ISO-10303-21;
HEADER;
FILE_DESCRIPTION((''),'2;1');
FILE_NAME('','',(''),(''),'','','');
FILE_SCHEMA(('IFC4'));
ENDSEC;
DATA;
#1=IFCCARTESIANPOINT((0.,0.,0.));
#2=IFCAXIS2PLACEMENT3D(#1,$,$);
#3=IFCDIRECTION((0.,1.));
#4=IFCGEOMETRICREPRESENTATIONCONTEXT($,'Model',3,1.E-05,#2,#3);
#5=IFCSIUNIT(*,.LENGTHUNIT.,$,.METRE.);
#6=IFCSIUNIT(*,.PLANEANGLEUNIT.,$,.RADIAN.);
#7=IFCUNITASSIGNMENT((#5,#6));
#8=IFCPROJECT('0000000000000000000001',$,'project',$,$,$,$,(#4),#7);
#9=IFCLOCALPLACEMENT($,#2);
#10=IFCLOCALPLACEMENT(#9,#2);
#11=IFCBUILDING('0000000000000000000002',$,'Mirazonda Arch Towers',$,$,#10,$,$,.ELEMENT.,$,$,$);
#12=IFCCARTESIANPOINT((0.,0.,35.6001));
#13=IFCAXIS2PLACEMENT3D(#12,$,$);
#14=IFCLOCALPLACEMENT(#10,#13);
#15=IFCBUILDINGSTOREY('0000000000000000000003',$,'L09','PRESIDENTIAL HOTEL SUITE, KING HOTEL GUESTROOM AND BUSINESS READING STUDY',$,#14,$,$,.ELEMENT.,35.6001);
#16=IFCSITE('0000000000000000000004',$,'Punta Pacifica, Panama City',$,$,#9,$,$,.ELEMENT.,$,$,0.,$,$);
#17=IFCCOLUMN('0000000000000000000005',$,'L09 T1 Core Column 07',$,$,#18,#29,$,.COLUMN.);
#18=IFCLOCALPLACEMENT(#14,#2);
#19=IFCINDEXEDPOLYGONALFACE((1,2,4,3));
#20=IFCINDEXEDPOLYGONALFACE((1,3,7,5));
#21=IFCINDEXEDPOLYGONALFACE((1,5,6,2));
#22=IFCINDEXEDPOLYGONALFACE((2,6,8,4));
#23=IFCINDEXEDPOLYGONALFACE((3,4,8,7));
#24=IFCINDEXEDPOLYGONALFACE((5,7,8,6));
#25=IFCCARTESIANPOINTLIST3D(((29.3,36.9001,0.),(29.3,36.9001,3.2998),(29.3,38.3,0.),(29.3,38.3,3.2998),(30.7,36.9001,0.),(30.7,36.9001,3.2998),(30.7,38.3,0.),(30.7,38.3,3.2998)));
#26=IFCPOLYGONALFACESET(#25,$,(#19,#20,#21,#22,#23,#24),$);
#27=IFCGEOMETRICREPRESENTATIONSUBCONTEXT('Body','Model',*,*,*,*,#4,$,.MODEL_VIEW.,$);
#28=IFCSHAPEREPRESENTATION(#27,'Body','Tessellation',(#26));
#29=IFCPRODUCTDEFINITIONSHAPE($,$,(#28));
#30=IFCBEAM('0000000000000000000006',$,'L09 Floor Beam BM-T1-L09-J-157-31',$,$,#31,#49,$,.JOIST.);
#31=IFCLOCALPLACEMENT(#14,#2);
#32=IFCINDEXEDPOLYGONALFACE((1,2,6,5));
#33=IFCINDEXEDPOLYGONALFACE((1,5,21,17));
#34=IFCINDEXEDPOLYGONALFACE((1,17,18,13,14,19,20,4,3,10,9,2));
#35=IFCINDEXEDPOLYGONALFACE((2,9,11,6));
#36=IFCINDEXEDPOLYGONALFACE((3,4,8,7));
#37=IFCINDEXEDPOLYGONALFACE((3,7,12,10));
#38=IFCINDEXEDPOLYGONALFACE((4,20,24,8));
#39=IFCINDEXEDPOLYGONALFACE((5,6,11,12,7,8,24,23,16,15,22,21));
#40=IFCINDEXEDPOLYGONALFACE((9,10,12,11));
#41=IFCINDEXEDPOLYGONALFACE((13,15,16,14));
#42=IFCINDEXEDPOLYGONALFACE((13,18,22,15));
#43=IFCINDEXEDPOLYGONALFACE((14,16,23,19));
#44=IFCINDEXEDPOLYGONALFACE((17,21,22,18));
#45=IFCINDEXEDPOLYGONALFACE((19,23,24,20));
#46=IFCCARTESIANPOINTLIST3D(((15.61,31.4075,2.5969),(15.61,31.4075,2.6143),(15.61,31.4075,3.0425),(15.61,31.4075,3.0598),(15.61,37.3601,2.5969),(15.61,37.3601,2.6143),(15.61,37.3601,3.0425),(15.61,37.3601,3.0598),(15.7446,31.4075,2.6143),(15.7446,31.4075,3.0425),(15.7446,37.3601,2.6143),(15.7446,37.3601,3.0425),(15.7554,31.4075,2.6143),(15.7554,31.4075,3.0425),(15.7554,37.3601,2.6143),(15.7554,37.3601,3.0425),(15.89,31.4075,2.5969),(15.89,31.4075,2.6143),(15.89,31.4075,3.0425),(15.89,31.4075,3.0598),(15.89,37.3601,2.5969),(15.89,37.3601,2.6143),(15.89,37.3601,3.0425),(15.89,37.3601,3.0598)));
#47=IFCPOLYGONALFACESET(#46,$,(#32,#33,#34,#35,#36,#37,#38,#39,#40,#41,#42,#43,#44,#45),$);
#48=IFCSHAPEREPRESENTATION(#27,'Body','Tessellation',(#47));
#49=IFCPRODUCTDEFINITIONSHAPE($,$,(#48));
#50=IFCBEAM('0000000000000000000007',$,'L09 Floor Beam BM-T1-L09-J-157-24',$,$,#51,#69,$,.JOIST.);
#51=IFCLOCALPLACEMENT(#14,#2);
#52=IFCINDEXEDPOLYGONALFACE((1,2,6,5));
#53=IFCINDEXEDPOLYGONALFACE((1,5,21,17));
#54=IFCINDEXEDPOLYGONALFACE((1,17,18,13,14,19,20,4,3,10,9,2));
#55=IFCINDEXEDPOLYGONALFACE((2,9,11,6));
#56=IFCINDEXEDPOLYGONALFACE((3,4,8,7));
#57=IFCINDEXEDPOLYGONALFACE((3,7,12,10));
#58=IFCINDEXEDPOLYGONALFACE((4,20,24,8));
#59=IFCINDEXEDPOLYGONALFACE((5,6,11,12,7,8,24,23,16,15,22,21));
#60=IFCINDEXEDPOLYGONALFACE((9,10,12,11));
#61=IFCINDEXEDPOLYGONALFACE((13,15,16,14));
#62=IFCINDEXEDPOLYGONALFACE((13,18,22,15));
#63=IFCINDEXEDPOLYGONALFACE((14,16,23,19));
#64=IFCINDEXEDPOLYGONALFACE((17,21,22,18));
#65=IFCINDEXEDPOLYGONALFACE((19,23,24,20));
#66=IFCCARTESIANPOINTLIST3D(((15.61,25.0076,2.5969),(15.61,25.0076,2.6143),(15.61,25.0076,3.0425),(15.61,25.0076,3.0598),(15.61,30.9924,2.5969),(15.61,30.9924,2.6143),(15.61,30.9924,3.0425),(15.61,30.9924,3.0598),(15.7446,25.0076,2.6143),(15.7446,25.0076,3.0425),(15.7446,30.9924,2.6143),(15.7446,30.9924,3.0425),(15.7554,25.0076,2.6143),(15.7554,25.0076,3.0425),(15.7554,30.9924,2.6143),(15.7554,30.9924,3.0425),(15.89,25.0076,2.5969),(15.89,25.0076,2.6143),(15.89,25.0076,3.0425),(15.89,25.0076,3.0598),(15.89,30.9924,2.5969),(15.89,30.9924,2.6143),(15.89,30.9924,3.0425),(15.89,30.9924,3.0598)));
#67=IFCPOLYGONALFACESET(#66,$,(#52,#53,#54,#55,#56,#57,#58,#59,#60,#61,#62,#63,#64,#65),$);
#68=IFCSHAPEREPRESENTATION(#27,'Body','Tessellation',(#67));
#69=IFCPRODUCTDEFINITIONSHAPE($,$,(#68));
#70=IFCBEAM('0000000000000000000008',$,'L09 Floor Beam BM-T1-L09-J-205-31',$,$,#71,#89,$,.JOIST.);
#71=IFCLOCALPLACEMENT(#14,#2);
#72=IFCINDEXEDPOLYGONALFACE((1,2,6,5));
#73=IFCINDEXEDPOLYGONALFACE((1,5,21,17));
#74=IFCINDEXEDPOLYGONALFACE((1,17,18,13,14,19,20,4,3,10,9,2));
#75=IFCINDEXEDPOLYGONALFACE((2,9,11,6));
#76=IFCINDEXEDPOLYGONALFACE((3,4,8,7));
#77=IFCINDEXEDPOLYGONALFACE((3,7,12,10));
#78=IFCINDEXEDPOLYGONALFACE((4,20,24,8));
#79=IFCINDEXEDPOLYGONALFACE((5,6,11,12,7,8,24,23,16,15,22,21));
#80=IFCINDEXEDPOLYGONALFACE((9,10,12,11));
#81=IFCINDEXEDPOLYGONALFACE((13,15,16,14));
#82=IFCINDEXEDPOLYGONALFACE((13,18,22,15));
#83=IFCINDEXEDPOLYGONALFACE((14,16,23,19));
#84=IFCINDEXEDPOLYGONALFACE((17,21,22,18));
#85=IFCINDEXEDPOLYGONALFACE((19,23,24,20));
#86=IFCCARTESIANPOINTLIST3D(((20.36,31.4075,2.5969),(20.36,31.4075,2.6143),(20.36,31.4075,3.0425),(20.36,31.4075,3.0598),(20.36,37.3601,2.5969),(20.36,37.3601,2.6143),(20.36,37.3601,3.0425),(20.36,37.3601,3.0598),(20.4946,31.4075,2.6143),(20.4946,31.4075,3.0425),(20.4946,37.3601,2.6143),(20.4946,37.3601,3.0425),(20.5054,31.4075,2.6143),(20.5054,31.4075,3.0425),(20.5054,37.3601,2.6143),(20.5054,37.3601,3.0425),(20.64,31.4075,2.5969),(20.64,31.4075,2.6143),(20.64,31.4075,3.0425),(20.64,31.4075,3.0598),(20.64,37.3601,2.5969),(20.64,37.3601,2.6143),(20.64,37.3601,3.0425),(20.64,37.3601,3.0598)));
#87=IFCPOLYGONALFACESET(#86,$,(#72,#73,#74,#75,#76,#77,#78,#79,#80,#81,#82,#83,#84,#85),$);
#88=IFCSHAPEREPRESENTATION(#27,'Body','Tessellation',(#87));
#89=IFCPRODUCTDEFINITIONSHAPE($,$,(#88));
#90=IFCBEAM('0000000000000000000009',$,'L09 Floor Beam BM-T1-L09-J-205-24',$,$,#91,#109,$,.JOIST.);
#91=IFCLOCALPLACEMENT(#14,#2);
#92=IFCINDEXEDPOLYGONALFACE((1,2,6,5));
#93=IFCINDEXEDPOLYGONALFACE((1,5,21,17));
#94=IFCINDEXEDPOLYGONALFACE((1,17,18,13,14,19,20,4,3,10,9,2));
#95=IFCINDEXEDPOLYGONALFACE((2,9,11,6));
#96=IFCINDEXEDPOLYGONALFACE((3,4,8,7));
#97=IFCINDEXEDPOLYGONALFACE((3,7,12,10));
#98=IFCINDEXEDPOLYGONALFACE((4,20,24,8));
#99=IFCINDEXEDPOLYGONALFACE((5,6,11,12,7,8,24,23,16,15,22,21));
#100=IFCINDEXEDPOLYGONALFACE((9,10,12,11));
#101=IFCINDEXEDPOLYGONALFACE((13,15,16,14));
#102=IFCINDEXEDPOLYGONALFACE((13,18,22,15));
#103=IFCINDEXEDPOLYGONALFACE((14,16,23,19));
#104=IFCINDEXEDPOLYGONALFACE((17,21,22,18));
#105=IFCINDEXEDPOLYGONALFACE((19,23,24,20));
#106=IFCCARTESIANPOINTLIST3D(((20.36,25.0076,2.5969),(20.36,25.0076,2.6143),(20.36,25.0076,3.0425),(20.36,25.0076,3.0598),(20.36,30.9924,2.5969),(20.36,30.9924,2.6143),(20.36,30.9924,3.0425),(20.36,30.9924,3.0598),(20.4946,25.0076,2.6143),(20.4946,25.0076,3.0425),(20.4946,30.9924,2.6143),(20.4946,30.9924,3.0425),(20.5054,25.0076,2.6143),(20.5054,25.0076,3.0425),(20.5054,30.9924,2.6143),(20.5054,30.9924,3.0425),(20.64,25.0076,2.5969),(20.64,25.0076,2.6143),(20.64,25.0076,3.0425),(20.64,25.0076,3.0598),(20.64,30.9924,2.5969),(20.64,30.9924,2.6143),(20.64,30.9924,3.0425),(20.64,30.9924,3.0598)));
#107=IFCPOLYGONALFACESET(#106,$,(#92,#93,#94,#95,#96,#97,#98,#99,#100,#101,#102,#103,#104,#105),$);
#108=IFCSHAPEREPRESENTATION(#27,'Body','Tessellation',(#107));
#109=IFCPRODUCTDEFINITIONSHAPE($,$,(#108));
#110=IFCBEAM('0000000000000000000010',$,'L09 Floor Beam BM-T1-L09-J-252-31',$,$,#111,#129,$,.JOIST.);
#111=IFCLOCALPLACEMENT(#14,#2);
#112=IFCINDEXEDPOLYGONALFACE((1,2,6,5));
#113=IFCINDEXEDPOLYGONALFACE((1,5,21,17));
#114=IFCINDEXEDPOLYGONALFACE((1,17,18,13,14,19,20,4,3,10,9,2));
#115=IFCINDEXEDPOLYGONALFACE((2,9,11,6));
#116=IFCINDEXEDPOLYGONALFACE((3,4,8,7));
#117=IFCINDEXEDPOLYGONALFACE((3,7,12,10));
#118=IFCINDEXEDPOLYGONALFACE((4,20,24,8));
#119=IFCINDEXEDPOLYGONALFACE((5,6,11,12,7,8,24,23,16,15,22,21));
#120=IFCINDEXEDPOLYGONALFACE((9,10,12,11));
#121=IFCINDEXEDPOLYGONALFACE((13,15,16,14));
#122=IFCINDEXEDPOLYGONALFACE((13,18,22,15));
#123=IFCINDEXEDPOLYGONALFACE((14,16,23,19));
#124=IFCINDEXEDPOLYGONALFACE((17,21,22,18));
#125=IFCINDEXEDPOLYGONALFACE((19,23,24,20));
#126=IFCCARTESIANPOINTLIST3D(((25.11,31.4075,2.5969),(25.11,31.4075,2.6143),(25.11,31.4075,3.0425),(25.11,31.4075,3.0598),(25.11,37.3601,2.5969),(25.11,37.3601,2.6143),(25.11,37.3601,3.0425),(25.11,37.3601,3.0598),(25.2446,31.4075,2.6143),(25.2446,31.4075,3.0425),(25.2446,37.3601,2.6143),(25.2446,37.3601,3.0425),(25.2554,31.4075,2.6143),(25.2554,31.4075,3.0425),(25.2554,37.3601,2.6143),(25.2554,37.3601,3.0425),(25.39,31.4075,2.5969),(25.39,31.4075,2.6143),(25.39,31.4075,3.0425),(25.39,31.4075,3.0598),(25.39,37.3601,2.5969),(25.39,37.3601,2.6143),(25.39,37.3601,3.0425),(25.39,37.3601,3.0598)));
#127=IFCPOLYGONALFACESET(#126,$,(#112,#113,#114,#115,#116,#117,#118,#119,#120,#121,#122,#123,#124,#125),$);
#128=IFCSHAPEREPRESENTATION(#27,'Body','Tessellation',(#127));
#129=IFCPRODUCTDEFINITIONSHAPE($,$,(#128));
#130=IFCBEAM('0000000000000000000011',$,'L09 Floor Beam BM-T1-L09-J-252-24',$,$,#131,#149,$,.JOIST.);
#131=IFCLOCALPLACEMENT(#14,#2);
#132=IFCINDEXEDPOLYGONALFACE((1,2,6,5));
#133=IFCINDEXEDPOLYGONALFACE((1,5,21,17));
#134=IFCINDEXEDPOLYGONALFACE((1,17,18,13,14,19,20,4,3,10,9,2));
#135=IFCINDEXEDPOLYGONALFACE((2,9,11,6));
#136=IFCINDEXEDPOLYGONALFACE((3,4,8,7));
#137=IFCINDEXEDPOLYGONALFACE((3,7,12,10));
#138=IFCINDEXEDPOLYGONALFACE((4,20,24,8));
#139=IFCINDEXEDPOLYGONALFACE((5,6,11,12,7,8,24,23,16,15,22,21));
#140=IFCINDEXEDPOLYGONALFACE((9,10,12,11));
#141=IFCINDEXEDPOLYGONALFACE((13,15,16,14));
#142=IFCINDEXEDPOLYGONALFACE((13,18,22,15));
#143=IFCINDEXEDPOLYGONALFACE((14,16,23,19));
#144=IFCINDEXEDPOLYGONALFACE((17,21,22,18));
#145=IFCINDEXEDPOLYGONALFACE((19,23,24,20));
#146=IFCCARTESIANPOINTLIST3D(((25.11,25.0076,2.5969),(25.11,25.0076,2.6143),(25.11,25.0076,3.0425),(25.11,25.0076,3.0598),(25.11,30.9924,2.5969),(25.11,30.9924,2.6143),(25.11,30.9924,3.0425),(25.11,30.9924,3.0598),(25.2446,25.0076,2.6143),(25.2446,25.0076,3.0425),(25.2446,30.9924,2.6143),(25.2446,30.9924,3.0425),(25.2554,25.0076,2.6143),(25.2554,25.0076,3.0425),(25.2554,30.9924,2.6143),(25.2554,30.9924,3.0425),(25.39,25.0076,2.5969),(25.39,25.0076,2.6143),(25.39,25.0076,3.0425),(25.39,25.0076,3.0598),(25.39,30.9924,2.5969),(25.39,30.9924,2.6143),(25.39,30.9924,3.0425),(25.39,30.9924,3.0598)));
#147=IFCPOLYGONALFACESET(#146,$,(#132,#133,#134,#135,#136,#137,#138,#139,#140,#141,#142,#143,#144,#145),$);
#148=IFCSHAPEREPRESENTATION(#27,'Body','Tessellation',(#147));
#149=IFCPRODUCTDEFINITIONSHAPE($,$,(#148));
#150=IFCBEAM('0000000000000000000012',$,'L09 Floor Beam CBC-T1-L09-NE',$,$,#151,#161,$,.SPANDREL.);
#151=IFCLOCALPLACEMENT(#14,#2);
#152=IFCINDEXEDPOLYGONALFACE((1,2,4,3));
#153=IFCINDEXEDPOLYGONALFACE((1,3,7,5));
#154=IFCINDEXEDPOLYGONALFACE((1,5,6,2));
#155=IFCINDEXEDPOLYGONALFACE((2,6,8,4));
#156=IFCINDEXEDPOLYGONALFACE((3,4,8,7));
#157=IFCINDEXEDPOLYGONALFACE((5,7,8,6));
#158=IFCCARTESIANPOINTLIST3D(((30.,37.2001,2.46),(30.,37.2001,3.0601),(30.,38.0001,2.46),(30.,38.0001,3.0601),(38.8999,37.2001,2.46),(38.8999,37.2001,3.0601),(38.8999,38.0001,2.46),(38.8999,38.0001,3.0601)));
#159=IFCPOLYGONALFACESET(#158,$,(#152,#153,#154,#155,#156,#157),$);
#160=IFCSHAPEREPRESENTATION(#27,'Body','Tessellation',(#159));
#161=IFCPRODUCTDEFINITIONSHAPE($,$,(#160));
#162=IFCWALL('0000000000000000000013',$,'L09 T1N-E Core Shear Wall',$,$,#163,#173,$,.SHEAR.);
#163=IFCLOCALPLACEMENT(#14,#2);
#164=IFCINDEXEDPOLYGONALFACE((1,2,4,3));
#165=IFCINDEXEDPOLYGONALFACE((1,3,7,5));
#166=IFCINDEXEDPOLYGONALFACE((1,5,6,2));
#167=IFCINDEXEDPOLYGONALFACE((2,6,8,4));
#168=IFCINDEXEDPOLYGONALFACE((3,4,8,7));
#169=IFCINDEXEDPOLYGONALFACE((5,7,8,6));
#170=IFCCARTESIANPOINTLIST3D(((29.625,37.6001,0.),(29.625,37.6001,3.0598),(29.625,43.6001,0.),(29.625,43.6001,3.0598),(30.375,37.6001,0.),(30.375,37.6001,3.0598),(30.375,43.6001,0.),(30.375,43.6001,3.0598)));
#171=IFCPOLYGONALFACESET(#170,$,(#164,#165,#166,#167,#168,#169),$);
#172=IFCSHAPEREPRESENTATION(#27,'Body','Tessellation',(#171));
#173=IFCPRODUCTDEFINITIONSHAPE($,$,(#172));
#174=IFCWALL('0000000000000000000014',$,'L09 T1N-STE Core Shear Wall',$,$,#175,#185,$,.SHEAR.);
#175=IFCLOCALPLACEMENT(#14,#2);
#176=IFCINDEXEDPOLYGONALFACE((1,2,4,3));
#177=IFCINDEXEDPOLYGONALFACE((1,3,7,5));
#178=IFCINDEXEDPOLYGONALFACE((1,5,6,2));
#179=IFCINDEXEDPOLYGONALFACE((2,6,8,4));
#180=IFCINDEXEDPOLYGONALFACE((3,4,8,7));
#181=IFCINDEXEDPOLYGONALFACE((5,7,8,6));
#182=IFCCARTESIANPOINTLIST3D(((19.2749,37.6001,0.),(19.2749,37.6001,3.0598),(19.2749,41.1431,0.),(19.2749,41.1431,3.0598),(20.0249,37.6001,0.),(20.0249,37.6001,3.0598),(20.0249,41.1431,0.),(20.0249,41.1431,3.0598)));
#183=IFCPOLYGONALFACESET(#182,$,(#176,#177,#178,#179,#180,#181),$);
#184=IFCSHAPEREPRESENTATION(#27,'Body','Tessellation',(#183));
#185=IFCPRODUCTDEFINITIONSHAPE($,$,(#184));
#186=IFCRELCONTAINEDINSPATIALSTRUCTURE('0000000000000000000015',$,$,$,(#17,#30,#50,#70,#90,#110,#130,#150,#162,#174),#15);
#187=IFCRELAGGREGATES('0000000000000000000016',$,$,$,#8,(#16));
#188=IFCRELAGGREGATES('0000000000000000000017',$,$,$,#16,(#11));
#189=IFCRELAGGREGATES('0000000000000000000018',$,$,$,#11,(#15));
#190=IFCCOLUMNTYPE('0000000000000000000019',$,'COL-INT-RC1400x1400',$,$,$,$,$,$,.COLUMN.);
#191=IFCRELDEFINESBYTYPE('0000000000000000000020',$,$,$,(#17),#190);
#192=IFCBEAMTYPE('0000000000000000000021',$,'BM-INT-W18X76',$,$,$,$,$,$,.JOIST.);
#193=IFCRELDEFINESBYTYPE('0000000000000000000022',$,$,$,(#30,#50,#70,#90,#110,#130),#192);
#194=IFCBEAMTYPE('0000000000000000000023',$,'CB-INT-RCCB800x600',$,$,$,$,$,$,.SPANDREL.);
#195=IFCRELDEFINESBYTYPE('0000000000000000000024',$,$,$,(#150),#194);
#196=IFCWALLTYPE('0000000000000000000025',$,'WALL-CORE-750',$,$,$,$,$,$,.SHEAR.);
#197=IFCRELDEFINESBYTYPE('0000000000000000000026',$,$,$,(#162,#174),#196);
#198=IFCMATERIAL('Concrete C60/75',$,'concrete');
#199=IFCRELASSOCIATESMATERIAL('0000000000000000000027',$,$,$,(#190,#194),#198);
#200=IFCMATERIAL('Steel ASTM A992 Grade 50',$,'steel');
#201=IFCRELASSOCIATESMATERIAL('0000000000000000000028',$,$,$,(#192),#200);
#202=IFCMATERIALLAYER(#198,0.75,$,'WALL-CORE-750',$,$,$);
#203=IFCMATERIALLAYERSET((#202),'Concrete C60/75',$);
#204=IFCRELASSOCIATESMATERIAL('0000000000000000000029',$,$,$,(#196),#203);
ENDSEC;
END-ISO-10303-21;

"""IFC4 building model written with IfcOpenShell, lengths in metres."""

from ifc_helpers import new_model, si_unit, direction, frame, frame_2d, origin, origin_2d, place, context, subcontext, project, spatial, rectangle, i_section, extrude, material, layer, layer_set, material_profile, profile_set, type_object, element, save


model = new_model("IFC4")

# Units and contexts
model_context = context("Model", 3, precision=1e-05, world=origin(), true_north=direction((0.0, 1.0)))
body_context = subcontext(model_context, "Body", "Model", "MODEL_VIEW")
ifc_project = project(units=[si_unit("LENGTHUNIT", "METRE"), si_unit("PLANEANGLEUNIT", "RADIAN")], contexts=[model_context])

# Site, building, storey
site_placement = place(None, origin())
site = spatial("IfcSite", under=ifc_project, at=site_placement, Name="Punta Pacifica, Panama City", CompositionType="ELEMENT", RefElevation=0.0)
building_placement = place(site_placement, origin())
building = spatial("IfcBuilding", under=site, at=building_placement, Name="Mirazonda Arch Towers", CompositionType="ELEMENT")
storey_placement = place(building_placement, frame((0.0, 0.0, 35.6001)))
storey = spatial("IfcBuildingStorey", under=building, at=storey_placement, Name="L09", Description="PRESIDENTIAL HOTEL SUITE, KING HOTEL GUESTROOM AND BUSINESS READING STUDY", CompositionType="ELEMENT", Elevation=35.6001)

# Column
ifc_material_1 = material(Name="Concrete C60/75", Category="concrete")
ifc_material_profile_1 = material_profile(ifc_material_1, rectangle(XDim=1.3999, YDim=1.3999, at=origin_2d()), Name="RC1400x1400")
ifc_profile_set_1 = profile_set([ifc_material_profile_1], Name="Concrete C60/75")
column_type = type_object("IfcColumnType", Name="COL-INT-RC1400x1400", PredefinedType="COLUMN", material=ifc_profile_set_1)
column_placement = place(storey_placement, frame((30.0, 37.6001, 0.0), z_axis=(0.0, 0.0, 1.0), x_axis=(1.0, 0.0, 0.0)))
element("IfcColumn", 1, at=column_placement, inside=storey, type_object=column_type, Name="L09 T1 Core Column 07", PredefinedType="COLUMN", context=body_context, shape_type="SweptSolid", body=[
    extrude(rectangle(XDim=1.3999, YDim=1.3999, at=origin_2d()), origin(), (0.0, 0.0, 1.0), 3.2998),
])

# Beams
ifc_material_2 = material(Name="Steel ASTM A992 Grade 50", Category="steel")
ifc_material_profile_2 = material_profile(ifc_material_2, i_section(OverallWidth=0.28, OverallDepth=0.4629, WebThickness=0.0107, FlangeThickness=0.0173, at=origin_2d()), Name="W18X76")
ifc_profile_set_2 = profile_set([ifc_material_profile_2], Name="Steel ASTM A992 Grade 50")
beam_type_1 = type_object("IfcBeamType", Name="BM-INT-W18X76", PredefinedType="JOIST", material=ifc_profile_set_2)
beam_1_placement = place(storey_placement, frame((15.75, 31.4075, 2.8284), z_axis=(0.0, 1.0, 0.0), x_axis=(-1.0, 0.0, 0.0)))
element("IfcBeam", 2, at=beam_1_placement, inside=storey, type_object=beam_type_1, Name="L09 Floor Beam BM-T1-L09-J-157-31", PredefinedType="JOIST", context=body_context, shape_type="SweptSolid", body=[
    extrude(i_section(OverallWidth=0.28, OverallDepth=0.4629, WebThickness=0.0107, FlangeThickness=0.0173, at=origin_2d()), origin(), (0.0, 0.0, 1.0), 5.9526),
])
beam_2_placement = place(storey_placement, frame((15.75, 25.0076, 2.8284), z_axis=(0.0, 1.0, 0.0), x_axis=(-1.0, 0.0, 0.0)))
element("IfcBeam", 3, at=beam_2_placement, inside=storey, type_object=beam_type_1, Name="L09 Floor Beam BM-T1-L09-J-157-24", PredefinedType="JOIST", context=body_context, shape_type="SweptSolid", body=[
    extrude(i_section(OverallWidth=0.28, OverallDepth=0.4629, WebThickness=0.0107, FlangeThickness=0.0173, at=origin_2d()), origin(), (0.0, 0.0, 1.0), 5.9849),
])
beam_3_placement = place(storey_placement, frame((20.5, 31.4075, 2.8284), z_axis=(0.0, 1.0, 0.0), x_axis=(-1.0, 0.0, 0.0)))
element("IfcBeam", 4, at=beam_3_placement, inside=storey, type_object=beam_type_1, Name="L09 Floor Beam BM-T1-L09-J-205-31", PredefinedType="JOIST", context=body_context, shape_type="SweptSolid", body=[
    extrude(i_section(OverallWidth=0.28, OverallDepth=0.4629, WebThickness=0.0107, FlangeThickness=0.0173, at=origin_2d()), origin(), (0.0, 0.0, 1.0), 5.9526),
])
beam_4_placement = place(storey_placement, frame((20.5, 25.0076, 2.8284), z_axis=(0.0, 1.0, 0.0), x_axis=(-1.0, 0.0, 0.0)))
element("IfcBeam", 5, at=beam_4_placement, inside=storey, type_object=beam_type_1, Name="L09 Floor Beam BM-T1-L09-J-205-24", PredefinedType="JOIST", context=body_context, shape_type="SweptSolid", body=[
    extrude(i_section(OverallWidth=0.28, OverallDepth=0.4629, WebThickness=0.0107, FlangeThickness=0.0173, at=origin_2d()), origin(), (0.0, 0.0, 1.0), 5.9849),
])
beam_5_placement = place(storey_placement, frame((25.25, 31.4075, 2.8284), z_axis=(0.0, 1.0, 0.0), x_axis=(-1.0, 0.0, 0.0)))
element("IfcBeam", 6, at=beam_5_placement, inside=storey, type_object=beam_type_1, Name="L09 Floor Beam BM-T1-L09-J-252-31", PredefinedType="JOIST", context=body_context, shape_type="SweptSolid", body=[
    extrude(i_section(OverallWidth=0.28, OverallDepth=0.4629, WebThickness=0.0107, FlangeThickness=0.0173, at=origin_2d()), origin(), (0.0, 0.0, 1.0), 5.9526),
])
beam_6_placement = place(storey_placement, frame((25.25, 25.0076, 2.8284), z_axis=(0.0, 1.0, 0.0), x_axis=(-1.0, 0.0, 0.0)))
element("IfcBeam", 7, at=beam_6_placement, inside=storey, type_object=beam_type_1, Name="L09 Floor Beam BM-T1-L09-J-252-24", PredefinedType="JOIST", context=body_context, shape_type="SweptSolid", body=[
    extrude(i_section(OverallWidth=0.28, OverallDepth=0.4629, WebThickness=0.0107, FlangeThickness=0.0173, at=origin_2d()), origin(), (0.0, 0.0, 1.0), 5.9849),
])
ifc_material_profile_3 = material_profile(ifc_material_1, rectangle(XDim=0.8, YDim=0.6001, at=origin_2d()), Name="RCCB800x600")
ifc_profile_set_3 = profile_set([ifc_material_profile_3], Name="Concrete C60/75")
beam_type_2 = type_object("IfcBeamType", Name="CB-INT-RCCB800x600", PredefinedType="SPANDREL", material=ifc_profile_set_3)
beam_7_placement = place(storey_placement, frame((30.0, 37.6001, 2.76), z_axis=(1.0, 0.0, 0.0), x_axis=(0.0, 1.0, 0.0)))
element("IfcBeam", 8, at=beam_7_placement, inside=storey, type_object=beam_type_2, Name="L09 Floor Beam CBC-T1-L09-NE", PredefinedType="SPANDREL", context=body_context, shape_type="SweptSolid", body=[
    extrude(rectangle(XDim=0.8, YDim=0.6001, at=origin_2d()), origin(), (0.0, 0.0, 1.0), 8.8999),
])

# Walls
ifc_layer_1 = layer(ifc_material_1, 0.75, Name="WALL-CORE-750")
ifc_layer_set_1 = layer_set([ifc_layer_1], Name="Concrete C60/75")
wall_type_1 = type_object("IfcWallType", Name="WALL-CORE-750", PredefinedType="SHEAR", material=ifc_layer_set_1)
wall_1_placement = place(storey_placement, frame((30.0, 37.6001, 0.0), z_axis=(0.0, 0.0, 1.0), x_axis=(0.0, 1.0, 0.0)))
element("IfcWall", 9, at=wall_1_placement, inside=storey, type_object=wall_type_1, Name="L09 T1N-E Core Shear Wall", PredefinedType="SHEAR", context=body_context, shape_type="SweptSolid", body=[
    extrude(rectangle(XDim=6.0, YDim=0.75, at=frame_2d((3.0, 0.0))), origin(), (0.0, 0.0, 1.0), 3.0598),
])
wall_2_placement = place(storey_placement, frame((19.6499, 37.6001, 0.0), z_axis=(0.0, 0.0, 1.0), x_axis=(0.0, 1.0, 0.0)))
element("IfcWall", 10, at=wall_2_placement, inside=storey, type_object=wall_type_1, Name="L09 T1N-STE Core Shear Wall", PredefinedType="SHEAR", context=body_context, shape_type="SweptSolid", body=[
    extrude(rectangle(XDim=3.543, YDim=0.75, at=frame_2d((1.7715, 0.0))), origin(), (0.0, 0.0, 1.0), 3.0598),
])

save(model, "model.ifc")
